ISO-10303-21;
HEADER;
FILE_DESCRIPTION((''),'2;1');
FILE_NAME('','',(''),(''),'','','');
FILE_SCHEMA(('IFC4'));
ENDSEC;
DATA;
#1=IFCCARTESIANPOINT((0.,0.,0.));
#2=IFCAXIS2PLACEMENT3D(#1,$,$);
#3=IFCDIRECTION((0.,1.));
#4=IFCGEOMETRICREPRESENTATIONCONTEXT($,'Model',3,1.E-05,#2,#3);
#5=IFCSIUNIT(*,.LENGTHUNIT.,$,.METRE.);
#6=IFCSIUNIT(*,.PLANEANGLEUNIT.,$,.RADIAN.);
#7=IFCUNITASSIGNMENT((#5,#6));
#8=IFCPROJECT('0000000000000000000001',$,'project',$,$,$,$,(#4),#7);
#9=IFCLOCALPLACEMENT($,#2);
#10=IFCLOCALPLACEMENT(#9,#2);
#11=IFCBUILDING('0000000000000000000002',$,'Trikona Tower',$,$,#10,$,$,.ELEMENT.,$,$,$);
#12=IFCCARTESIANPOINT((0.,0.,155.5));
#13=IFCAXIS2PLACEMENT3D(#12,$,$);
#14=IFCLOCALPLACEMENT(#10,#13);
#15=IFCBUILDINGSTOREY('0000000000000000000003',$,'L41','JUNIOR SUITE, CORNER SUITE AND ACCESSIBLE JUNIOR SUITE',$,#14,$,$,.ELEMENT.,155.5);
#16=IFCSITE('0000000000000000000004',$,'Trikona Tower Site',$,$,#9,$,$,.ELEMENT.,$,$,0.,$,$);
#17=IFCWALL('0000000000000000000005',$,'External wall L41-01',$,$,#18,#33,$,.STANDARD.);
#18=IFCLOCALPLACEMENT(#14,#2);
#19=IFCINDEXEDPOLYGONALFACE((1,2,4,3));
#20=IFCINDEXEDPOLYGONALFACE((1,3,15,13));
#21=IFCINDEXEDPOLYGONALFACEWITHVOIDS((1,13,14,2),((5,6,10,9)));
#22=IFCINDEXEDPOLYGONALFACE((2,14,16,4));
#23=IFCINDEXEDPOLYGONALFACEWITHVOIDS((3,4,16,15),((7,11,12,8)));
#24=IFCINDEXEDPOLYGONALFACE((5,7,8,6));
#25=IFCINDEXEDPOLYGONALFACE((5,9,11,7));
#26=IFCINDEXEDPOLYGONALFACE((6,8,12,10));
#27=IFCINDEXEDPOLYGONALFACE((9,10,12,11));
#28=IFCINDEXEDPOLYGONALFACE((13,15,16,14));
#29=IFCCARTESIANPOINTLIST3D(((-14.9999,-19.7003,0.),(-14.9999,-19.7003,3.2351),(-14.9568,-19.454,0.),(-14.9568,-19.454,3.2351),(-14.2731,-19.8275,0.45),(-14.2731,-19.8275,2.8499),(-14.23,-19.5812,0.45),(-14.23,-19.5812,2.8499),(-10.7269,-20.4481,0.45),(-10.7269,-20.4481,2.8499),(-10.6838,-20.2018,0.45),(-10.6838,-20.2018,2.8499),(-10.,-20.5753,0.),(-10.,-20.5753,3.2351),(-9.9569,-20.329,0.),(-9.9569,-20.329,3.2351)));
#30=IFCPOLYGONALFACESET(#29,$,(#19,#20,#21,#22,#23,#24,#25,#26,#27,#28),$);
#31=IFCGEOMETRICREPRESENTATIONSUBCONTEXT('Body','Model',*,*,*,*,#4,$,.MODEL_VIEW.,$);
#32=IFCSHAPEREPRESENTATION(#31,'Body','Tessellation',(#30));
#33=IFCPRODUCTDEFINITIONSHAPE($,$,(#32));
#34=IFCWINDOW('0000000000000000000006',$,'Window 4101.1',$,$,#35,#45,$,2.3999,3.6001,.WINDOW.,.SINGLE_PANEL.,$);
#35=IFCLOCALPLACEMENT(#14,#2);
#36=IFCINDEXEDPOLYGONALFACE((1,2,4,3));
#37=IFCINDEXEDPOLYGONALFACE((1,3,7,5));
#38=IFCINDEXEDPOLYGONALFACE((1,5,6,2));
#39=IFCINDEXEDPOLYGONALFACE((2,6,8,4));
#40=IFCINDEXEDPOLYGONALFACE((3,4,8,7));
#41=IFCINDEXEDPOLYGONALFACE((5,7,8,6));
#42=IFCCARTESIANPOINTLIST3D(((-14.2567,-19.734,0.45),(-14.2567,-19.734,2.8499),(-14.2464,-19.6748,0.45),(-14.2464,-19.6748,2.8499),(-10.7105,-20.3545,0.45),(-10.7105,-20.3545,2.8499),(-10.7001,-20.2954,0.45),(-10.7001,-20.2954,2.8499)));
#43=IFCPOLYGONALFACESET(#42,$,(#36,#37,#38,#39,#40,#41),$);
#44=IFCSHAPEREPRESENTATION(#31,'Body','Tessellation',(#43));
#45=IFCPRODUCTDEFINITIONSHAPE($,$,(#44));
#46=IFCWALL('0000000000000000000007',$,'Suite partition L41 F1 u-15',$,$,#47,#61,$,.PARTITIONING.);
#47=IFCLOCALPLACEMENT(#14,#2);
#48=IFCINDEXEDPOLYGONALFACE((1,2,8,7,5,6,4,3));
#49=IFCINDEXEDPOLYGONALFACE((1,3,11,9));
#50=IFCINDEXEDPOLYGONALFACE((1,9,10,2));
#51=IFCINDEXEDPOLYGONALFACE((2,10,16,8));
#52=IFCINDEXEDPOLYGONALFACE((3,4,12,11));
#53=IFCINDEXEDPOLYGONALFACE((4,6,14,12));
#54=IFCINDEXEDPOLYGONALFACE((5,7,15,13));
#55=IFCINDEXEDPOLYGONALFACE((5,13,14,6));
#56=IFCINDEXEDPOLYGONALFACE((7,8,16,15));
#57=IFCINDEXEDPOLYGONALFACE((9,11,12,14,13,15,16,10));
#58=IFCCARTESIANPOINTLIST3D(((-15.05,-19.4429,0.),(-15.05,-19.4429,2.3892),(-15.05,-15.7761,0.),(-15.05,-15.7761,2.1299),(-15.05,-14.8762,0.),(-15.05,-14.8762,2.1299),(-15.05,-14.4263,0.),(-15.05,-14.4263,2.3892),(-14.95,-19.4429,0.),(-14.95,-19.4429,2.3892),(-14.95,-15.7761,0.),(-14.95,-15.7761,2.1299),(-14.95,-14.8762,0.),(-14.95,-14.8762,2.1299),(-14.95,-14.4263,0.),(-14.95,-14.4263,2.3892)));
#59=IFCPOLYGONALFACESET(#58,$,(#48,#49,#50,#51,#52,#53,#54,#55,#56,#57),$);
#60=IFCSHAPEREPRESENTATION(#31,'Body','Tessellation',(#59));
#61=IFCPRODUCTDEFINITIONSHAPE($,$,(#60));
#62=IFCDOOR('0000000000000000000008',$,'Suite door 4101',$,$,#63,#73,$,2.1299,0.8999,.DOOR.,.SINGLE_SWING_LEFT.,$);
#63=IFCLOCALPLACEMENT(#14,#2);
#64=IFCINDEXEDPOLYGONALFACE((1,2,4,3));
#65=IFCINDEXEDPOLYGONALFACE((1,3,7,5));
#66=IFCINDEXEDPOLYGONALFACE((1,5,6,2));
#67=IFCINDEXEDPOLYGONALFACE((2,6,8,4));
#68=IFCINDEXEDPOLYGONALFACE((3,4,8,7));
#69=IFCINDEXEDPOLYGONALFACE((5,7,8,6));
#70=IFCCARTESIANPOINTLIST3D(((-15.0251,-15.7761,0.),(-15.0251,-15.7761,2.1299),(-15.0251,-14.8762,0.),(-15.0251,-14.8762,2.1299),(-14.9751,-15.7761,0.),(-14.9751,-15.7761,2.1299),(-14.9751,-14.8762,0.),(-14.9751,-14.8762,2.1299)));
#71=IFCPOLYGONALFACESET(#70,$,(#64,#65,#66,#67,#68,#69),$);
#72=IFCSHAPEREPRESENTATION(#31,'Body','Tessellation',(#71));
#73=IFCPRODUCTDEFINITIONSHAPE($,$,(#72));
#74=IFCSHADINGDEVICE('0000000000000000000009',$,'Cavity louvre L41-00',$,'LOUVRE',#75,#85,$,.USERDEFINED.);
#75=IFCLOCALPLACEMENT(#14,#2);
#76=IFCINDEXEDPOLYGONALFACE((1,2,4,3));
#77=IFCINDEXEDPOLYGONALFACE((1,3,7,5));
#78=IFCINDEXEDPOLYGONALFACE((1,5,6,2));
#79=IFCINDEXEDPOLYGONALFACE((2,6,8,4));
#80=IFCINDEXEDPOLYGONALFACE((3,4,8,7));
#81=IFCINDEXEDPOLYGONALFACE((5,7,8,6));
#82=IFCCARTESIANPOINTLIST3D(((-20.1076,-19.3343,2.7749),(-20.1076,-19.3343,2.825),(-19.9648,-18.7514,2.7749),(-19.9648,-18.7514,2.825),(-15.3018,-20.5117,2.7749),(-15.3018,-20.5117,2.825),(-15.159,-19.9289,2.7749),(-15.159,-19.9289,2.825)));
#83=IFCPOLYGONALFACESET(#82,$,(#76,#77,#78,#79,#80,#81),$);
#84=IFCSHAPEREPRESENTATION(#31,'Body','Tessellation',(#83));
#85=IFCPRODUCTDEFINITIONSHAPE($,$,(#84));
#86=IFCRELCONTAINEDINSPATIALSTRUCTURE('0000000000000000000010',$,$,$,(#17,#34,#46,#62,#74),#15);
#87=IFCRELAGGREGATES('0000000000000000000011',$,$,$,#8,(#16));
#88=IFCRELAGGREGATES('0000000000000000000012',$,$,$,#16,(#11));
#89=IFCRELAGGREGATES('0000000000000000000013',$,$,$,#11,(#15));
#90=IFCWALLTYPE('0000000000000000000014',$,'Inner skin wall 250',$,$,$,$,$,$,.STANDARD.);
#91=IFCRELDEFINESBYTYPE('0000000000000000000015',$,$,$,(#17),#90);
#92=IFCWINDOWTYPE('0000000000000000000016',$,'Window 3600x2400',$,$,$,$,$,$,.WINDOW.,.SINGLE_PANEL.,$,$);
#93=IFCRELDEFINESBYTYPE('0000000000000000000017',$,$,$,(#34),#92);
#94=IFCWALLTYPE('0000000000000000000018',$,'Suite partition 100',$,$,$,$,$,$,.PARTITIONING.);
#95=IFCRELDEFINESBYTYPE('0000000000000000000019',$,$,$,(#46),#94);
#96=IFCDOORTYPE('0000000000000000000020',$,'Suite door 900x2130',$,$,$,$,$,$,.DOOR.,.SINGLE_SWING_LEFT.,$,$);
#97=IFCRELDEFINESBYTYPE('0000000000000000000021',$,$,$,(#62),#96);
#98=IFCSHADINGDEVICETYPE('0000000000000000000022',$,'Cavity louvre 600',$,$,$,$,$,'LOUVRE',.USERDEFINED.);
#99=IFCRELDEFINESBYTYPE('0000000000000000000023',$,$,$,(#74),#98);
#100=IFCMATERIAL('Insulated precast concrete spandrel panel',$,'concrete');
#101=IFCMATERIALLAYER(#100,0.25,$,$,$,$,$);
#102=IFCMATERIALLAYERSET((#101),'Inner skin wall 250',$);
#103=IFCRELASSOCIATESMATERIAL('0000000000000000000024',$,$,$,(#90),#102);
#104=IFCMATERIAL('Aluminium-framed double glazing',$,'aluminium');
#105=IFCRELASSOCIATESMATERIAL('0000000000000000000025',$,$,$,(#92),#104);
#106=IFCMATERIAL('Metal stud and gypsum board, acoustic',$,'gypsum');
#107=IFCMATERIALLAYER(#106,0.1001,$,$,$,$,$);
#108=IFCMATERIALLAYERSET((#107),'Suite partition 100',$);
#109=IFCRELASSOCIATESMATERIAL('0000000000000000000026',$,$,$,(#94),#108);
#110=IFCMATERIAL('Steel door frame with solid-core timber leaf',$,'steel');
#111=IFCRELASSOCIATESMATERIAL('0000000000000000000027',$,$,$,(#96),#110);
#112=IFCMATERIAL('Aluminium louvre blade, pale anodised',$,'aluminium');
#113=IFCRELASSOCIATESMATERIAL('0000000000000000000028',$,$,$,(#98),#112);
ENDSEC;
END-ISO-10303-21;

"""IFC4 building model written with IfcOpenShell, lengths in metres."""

from ifc_helpers import new_model, si_unit, direction, frame, frame_2d, origin, origin_2d, place, context, subcontext, project, spatial, rectangle, extrude, material, layer, layer_set, type_object, element, fill, save


model = new_model("IFC4")

# Units and contexts
model_context = context("Model", 3, precision=1e-05, world=origin(), true_north=direction((0.0, 1.0)))
body_context = subcontext(model_context, "Body", "Model", "MODEL_VIEW")
ifc_project = project(units=[si_unit("LENGTHUNIT", "METRE"), si_unit("PLANEANGLEUNIT", "RADIAN")], contexts=[model_context])

# Site, building, storey
site_placement = place(None, origin())
site = spatial("IfcSite", under=ifc_project, at=site_placement, Name="Trikona Tower Site", CompositionType="ELEMENT", RefElevation=0.0)
building_placement = place(site_placement, origin())
building = spatial("IfcBuilding", under=site, at=building_placement, Name="Trikona Tower", CompositionType="ELEMENT")
storey_placement = place(building_placement, frame((0.0, 0.0, 155.5)))
storey = spatial("IfcBuildingStorey", under=building, at=storey_placement, Name="L41", Description="JUNIOR SUITE, CORNER SUITE AND ACCESSIBLE JUNIOR SUITE", CompositionType="ELEMENT", Elevation=155.5)

# Wall, opening, window
ifc_material_1 = material(Name="Insulated precast concrete spandrel panel", Category="concrete")
ifc_layer_1 = layer(ifc_material_1, 0.25)
ifc_layer_set_1 = layer_set([ifc_layer_1], Name="Inner skin wall 250")
wall_type_1 = type_object("IfcWallType", Name="Inner skin wall 250", PredefinedType="STANDARD", material=ifc_layer_set_1)
ifc_material_2 = material(Name="Aluminium-framed double glazing", Category="aluminium")
window_type = type_object("IfcWindowType", Name="Window 3600x2400", PartitioningType="SINGLE_PANEL", PredefinedType="WINDOW", material=ifc_material_2)
wall_1_placement = place(storey_placement, frame((-14.9785, -19.5771, 0.0), z_axis=(0.0, 0.0, 1.0), x_axis=(0.98503, -0.17238, 0.0)))
wall_1 = element("IfcWall", 1, at=wall_1_placement, inside=storey, type_object=wall_type_1, Name="External wall L41-01", PredefinedType="STANDARD", context=body_context, shape_type="SweptSolid", body=[
    extrude(rectangle(XDim=5.0759, YDim=0.25, at=frame_2d((2.5381, 0.0))), origin(), (0.0, 0.0, 1.0), 3.2351),
])
opening_1_placement = place(wall_1_placement, frame((0.738, 0.0, 0.45)))
opening_1 = element("IfcOpeningElement", 2, at=opening_1_placement, cuts=wall_1, PredefinedType="OPENING", context=body_context, shape_type="SweptSolid", body=[
    extrude(rectangle(XDim=3.6001, YDim=2.3999, at=frame_2d((1.8, 1.2))), frame((0.0, 0.135, 0.0), z_axis=(0.0, -1.0, 0.0), x_axis=(1.0, 0.0, 0.0)), (0.0, 0.0, 1.0), 0.27),
])
window_1_placement = place(opening_1_placement, origin())
window_1 = element("IfcWindow", 3, at=window_1_placement, inside=storey, type_object=window_type, Name="Window 4101.1", OverallHeight=2.3999, OverallWidth=3.6001, PartitioningType="SINGLE_PANEL", PredefinedType="WINDOW", context=body_context, shape_type="SweptSolid", body=[
    extrude(rectangle(XDim=3.6001, YDim=2.3999, at=frame_2d((1.8, 1.2))), frame((0.0, 0.03, 0.0), z_axis=(0.0, -1.0, 0.0), x_axis=(1.0, 0.0, 0.0)), (0.0, 0.0, 1.0), 0.0601),
])
fill(opening_1, window_1)

# Wall, opening, door
ifc_material_3 = material(Name="Metal stud and gypsum board, acoustic", Category="gypsum")
ifc_layer_2 = layer(ifc_material_3, 0.1001)
ifc_layer_set_2 = layer_set([ifc_layer_2], Name="Suite partition 100")
wall_type_2 = type_object("IfcWallType", Name="Suite partition 100", PredefinedType="PARTITIONING", material=ifc_layer_set_2)
wall_2_placement = place(storey_placement, frame((-15.0, -14.4263, 0.0), z_axis=(0.0, 0.0, 1.0), x_axis=(0.0, -1.0, 0.0)))
wall_2 = element("IfcWall", 4, at=wall_2_placement, inside=storey, type_object=wall_type_2, Name="Suite partition L41 F1 u-15", PredefinedType="PARTITIONING", context=body_context, shape_type="SweptSolid", body=[
    extrude(rectangle(XDim=5.0166, YDim=0.1001, at=frame_2d((2.5083, 0.0))), origin(), (0.0, 0.0, 1.0), 2.3892),
])
opening_2_placement = place(wall_2_placement, frame((0.45, 0.0, 0.0)))
opening_2 = element("IfcOpeningElement", 5, at=opening_2_placement, cuts=wall_2, PredefinedType="OPENING", context=body_context, shape_type="SweptSolid", body=[
    extrude(rectangle(XDim=0.8999, YDim=2.1299, at=frame_2d((0.45, 1.0649))), frame((0.0, 0.0601, 0.0), z_axis=(0.0, -1.0, 0.0), x_axis=(1.0, 0.0, 0.0)), (0.0, 0.0, 1.0), 0.1201),
])
ifc_material_4 = material(Name="Steel door frame with solid-core timber leaf", Category="steel")
door_type = type_object("IfcDoorType", Name="Suite door 900x2130", OperationType="SINGLE_SWING_LEFT", PredefinedType="DOOR", material=ifc_material_4)
door_placement = place(opening_2_placement, origin())
door = element("IfcDoor", 6, at=door_placement, inside=storey, type_object=door_type, Name="Suite door 4101", OperationType="SINGLE_SWING_LEFT", OverallHeight=2.1299, OverallWidth=0.8999, PredefinedType="DOOR", context=body_context, shape_type="SweptSolid", body=[
    extrude(rectangle(XDim=0.8999, YDim=2.1299, at=frame_2d((0.45, 1.0649))), frame((0.0, 0.0249, 0.0), z_axis=(0.0, -1.0, 0.0), x_axis=(1.0, 0.0, 0.0)), (0.0, 0.0, 1.0), 0.05),
])
fill(opening_2, door)

# Shading device
ifc_material_5 = material(Name="Aluminium louvre blade, pale anodised", Category="aluminium")
shading_device_type = type_object("IfcShadingDeviceType", Name="Cavity louvre 600", ElementType="LOUVRE", PredefinedType="USERDEFINED", material=ifc_material_5)
shading_device_placement = place(storey_placement, frame((-17.6333, -19.6316, 2.7749), z_axis=(0.0, 0.0, 1.0), x_axis=(0.971274, -0.237962, 0.0)))
element("IfcShadingDevice", 7, at=shading_device_placement, inside=storey, type_object=shading_device_type, Name="Cavity louvre L41-00", ObjectType="LOUVRE", PredefinedType="USERDEFINED", context=body_context, shape_type="SweptSolid", body=[
    extrude(rectangle(XDim=4.948, YDim=0.6001, at=origin_2d()), origin(), (0.0, 0.0, 1.0), 0.05),
])

save(model, "model.ifc")
